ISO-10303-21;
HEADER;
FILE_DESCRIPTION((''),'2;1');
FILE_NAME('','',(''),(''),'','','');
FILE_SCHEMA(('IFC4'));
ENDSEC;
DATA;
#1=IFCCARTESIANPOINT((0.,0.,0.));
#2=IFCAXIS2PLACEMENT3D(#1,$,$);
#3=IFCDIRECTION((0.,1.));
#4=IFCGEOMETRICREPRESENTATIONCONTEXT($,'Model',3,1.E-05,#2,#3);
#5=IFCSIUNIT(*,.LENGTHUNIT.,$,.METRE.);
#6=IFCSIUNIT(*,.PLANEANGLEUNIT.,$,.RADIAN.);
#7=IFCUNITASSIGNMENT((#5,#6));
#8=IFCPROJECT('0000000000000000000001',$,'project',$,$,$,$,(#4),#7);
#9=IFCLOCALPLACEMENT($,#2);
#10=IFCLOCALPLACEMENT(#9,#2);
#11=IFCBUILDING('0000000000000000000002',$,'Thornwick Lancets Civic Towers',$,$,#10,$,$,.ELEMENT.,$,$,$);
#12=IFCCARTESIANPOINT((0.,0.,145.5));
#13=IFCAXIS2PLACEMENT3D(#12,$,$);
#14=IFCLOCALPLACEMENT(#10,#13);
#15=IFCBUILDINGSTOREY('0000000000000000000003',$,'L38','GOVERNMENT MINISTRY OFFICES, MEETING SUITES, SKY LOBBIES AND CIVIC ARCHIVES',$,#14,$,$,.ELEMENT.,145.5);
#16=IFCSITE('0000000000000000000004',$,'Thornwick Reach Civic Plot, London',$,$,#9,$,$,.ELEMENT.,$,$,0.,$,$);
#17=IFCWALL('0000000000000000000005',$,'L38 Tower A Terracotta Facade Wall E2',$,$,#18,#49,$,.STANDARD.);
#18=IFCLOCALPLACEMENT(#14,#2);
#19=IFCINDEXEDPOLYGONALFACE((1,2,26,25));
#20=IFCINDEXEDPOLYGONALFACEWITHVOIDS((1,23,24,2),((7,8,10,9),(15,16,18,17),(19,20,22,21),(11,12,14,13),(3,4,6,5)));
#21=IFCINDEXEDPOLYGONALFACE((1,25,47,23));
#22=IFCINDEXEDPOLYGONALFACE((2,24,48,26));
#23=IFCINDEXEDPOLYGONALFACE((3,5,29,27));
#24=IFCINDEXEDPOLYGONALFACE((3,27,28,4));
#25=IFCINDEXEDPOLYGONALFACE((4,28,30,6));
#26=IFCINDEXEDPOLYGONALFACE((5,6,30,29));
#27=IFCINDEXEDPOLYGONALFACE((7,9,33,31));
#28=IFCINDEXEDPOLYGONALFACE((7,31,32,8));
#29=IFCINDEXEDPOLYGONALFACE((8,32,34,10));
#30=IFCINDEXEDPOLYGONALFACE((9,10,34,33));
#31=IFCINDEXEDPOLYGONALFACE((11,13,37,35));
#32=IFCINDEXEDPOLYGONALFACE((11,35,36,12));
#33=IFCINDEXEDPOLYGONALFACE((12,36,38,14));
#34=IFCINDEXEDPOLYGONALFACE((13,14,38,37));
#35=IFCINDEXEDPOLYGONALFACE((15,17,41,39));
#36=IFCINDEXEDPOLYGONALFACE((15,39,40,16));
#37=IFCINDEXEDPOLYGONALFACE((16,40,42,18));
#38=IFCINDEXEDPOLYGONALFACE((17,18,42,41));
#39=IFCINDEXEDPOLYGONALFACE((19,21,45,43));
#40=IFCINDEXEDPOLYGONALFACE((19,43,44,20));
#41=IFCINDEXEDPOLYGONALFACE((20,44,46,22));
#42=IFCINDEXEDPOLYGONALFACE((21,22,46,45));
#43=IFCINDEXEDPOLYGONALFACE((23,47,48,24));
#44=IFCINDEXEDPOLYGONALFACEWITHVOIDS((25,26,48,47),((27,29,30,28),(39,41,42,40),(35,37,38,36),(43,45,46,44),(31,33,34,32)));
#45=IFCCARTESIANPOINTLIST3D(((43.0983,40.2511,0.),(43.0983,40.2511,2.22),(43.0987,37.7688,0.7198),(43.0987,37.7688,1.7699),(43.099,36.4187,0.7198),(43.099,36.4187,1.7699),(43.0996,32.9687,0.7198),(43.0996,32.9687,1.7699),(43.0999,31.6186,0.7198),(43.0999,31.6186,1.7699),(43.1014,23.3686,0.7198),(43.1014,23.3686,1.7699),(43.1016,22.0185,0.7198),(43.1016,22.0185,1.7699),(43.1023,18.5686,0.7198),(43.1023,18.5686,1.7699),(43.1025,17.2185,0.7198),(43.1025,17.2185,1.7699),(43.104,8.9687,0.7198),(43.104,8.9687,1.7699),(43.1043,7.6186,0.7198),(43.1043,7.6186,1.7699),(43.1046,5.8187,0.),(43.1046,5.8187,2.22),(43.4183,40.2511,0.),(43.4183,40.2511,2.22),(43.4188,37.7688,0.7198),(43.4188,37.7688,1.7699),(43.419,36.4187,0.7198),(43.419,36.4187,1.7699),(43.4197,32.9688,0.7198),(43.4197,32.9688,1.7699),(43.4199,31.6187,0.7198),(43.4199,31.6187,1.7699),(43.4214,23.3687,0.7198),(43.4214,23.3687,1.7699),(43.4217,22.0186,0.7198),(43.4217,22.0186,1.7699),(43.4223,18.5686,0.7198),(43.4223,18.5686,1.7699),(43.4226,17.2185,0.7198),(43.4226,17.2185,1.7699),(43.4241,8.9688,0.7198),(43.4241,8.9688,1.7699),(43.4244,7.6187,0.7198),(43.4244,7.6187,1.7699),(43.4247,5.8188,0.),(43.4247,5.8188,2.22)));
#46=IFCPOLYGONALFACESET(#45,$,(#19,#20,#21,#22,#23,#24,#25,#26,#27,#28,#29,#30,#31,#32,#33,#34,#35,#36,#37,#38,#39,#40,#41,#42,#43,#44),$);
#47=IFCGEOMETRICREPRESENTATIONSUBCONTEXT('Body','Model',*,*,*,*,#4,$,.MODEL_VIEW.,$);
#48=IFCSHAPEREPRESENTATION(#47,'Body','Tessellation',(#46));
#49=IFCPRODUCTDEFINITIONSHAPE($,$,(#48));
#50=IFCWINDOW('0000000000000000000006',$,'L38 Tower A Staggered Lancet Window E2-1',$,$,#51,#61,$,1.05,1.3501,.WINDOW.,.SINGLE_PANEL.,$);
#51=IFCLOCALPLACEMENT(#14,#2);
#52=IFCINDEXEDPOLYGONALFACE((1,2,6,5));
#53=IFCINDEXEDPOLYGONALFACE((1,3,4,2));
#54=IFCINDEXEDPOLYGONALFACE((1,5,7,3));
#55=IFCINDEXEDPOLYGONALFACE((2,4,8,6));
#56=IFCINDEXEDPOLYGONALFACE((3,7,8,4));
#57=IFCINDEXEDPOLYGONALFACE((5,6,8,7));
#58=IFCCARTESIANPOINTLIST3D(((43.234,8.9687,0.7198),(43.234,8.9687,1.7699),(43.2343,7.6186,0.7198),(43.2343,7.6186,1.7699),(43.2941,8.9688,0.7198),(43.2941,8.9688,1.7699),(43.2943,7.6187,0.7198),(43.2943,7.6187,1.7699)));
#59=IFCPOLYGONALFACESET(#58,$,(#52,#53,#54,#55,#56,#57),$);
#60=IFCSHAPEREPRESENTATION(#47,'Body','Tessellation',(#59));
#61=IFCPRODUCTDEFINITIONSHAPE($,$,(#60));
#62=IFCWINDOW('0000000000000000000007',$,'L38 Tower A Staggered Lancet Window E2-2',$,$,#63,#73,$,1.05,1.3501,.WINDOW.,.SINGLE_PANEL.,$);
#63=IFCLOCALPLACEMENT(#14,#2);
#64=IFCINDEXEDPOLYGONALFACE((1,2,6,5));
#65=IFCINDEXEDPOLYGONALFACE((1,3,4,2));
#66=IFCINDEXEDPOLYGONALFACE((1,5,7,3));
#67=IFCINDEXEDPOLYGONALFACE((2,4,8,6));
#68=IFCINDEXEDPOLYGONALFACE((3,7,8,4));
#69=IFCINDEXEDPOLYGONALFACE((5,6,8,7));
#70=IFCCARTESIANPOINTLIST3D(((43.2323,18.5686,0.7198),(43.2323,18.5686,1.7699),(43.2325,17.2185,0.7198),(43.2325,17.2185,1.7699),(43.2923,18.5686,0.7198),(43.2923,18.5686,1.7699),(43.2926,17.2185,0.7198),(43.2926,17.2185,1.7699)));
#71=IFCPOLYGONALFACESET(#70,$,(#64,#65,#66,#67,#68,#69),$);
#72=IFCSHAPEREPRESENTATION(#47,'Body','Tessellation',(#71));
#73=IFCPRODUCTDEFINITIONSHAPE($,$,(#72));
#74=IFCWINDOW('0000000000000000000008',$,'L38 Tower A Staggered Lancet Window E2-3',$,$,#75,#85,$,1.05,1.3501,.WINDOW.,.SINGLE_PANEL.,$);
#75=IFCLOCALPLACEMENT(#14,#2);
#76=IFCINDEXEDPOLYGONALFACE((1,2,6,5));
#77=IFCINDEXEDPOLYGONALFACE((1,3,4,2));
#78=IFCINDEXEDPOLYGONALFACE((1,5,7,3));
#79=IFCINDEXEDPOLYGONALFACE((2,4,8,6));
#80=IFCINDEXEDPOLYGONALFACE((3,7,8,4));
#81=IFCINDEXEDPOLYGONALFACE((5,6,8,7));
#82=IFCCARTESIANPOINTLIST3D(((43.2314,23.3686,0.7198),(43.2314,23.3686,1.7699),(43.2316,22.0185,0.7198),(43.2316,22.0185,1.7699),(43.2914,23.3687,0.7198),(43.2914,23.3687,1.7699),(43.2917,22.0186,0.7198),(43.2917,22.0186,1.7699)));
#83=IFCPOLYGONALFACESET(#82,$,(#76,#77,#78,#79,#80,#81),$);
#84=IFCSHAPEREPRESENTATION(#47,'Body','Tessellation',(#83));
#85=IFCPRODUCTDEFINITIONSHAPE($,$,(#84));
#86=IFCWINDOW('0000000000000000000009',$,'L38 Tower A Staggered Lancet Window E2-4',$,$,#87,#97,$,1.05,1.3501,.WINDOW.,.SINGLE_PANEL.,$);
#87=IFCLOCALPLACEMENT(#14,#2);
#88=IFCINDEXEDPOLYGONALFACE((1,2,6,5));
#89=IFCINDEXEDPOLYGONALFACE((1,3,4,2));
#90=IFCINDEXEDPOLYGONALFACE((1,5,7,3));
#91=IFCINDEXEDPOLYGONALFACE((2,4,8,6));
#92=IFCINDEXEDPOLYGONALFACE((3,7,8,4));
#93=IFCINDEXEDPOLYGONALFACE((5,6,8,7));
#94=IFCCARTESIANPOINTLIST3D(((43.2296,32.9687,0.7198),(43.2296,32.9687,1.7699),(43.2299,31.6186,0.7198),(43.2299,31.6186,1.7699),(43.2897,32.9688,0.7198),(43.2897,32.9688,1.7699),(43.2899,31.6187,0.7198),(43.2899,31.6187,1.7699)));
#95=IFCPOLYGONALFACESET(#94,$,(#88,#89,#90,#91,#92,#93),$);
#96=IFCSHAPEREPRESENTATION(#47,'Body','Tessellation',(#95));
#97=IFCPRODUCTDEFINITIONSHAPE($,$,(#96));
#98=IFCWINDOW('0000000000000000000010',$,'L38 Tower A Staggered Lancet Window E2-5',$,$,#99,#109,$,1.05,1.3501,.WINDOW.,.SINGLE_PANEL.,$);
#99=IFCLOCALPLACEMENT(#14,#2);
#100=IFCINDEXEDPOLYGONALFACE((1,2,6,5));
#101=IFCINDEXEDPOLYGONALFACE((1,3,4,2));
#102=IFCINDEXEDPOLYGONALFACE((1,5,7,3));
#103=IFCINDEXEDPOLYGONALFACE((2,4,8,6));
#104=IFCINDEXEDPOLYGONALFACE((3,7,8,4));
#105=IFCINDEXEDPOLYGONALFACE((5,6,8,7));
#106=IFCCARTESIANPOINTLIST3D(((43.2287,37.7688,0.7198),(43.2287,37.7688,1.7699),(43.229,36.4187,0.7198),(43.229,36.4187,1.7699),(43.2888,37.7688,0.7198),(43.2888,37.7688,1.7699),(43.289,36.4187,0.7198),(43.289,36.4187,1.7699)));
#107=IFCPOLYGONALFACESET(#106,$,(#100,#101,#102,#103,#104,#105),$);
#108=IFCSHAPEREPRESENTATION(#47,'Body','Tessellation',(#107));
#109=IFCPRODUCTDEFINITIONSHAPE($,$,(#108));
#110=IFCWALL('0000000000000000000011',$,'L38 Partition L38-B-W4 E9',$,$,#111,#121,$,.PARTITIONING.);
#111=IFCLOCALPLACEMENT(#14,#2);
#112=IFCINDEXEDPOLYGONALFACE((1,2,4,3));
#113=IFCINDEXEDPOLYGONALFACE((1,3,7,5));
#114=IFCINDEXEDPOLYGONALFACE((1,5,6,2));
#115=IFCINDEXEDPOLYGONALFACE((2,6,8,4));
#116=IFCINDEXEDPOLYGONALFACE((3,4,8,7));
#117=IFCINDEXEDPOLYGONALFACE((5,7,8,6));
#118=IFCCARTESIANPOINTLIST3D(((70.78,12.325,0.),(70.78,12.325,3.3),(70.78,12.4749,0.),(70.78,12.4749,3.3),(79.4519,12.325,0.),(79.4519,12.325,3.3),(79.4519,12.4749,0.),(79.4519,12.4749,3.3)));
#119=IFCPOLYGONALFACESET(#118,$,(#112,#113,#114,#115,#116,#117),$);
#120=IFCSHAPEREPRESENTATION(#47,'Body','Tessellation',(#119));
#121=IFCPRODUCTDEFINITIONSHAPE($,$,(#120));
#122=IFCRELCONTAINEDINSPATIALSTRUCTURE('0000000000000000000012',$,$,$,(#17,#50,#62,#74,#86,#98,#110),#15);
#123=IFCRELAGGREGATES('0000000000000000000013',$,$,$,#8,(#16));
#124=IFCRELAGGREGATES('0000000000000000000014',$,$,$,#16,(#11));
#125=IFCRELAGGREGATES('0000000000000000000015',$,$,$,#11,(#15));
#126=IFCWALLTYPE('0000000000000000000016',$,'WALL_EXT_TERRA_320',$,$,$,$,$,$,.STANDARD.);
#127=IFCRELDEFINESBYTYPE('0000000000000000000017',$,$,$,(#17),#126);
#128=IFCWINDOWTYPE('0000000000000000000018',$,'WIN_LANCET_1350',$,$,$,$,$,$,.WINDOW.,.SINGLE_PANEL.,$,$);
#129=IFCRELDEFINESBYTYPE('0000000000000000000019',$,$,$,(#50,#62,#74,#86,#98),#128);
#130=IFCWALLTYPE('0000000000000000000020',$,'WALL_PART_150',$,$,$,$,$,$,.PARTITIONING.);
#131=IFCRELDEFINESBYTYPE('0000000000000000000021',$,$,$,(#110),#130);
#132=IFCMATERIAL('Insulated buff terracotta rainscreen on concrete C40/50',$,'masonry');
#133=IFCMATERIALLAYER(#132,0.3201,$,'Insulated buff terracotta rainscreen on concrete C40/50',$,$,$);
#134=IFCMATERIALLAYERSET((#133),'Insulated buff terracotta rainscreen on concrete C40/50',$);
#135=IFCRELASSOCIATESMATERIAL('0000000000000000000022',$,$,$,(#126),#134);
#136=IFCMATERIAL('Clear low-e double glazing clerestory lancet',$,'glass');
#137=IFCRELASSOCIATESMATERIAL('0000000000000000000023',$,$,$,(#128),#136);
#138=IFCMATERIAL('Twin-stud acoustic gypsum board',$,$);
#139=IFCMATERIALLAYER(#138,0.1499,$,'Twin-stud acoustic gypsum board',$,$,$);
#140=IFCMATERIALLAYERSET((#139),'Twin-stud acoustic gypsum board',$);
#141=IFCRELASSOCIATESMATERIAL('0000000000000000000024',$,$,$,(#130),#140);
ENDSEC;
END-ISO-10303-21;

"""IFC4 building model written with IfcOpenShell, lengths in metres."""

from ifc_helpers import new_model, si_unit, direction, frame, frame_2d, origin, place, context, subcontext, project, spatial, rectangle, extrude, material, layer, layer_set, type_object, element, fill, save


model = new_model("IFC4")

# Units and contexts
model_context = context("Model", 3, precision=1e-05, world=origin(), true_north=direction((0.0, 1.0)))
body_context = subcontext(model_context, "Body", "Model", "MODEL_VIEW")
ifc_project = project(units=[si_unit("LENGTHUNIT", "METRE"), si_unit("PLANEANGLEUNIT", "RADIAN")], contexts=[model_context])

# Site, building, storey
site_placement = place(None, origin())
site = spatial("IfcSite", under=ifc_project, at=site_placement, Name="Thornwick Reach Civic Plot, London", CompositionType="ELEMENT", RefElevation=0.0)
building_placement = place(site_placement, origin())
building = spatial("IfcBuilding", under=site, at=building_placement, Name="Thornwick Lancets Civic Towers", CompositionType="ELEMENT")
storey_placement = place(building_placement, frame((0.0, 0.0, 145.5)))
storey = spatial("IfcBuildingStorey", under=building, at=storey_placement, Name="L38", Description="GOVERNMENT MINISTRY OFFICES, MEETING SUITES, SKY LOBBIES AND CIVIC ARCHIVES", CompositionType="ELEMENT", Elevation=145.5)

# Wall, openings, windows
ifc_material_1 = material(Name="Insulated buff terracotta rainscreen on concrete C40/50", Category="masonry")
ifc_layer_1 = layer(ifc_material_1, 0.3201, Name="Insulated buff terracotta rainscreen on concrete C40/50")
ifc_layer_set_1 = layer_set([ifc_layer_1], Name="Insulated buff terracotta rainscreen on concrete C40/50")
wall_type_1 = type_object("IfcWallType", Name="WALL_EXT_TERRA_320", PredefinedType="STANDARD", material=ifc_layer_set_1)
wall_1_placement = place(storey_placement, frame((43.2646, 5.8186, 0.0), z_axis=(0.0, 0.0, 1.0), x_axis=(-0.000184, 1.0, 0.0)))
wall_1 = element("IfcWall", 1, at=wall_1_placement, inside=storey, type_object=wall_type_1, Name="L38 Tower A Terracotta Facade Wall E2", PredefinedType="STANDARD", context=body_context, shape_type="SweptSolid", body=[
    extrude(rectangle(XDim=34.4324, YDim=0.3201, at=frame_2d((17.2163, 0.0))), origin(), (0.0, 0.0, 1.0), 2.22),
])
opening_1_placement = place(wall_1_placement, frame((1.8, 0.0, 0.72)))
opening_1 = element("IfcOpeningElement", 2, at=opening_1_placement, cuts=wall_1, PredefinedType="OPENING", context=body_context, shape_type="SweptSolid", body=[
    extrude(rectangle(XDim=1.3501, YDim=1.05, at=frame_2d((0.675, 0.5249))), frame((0.0, 0.1699, 0.0), z_axis=(0.0, -1.0, 0.0), x_axis=(1.0, 0.0, 0.0)), (0.0, 0.0, 1.0), 0.3401),
])
opening_2_placement = place(wall_1_placement, frame((11.3999, 0.0, 0.72)))
opening_2 = element("IfcOpeningElement", 3, at=opening_2_placement, cuts=wall_1, PredefinedType="OPENING", context=body_context, shape_type="SweptSolid", body=[
    extrude(rectangle(XDim=1.3501, YDim=1.05, at=frame_2d((0.675, 0.5249))), frame((0.0, 0.1699, 0.0), z_axis=(0.0, -1.0, 0.0), x_axis=(1.0, 0.0, 0.0)), (0.0, 0.0, 1.0), 0.3401),
])
opening_3_placement = place(wall_1_placement, frame((16.2, 0.0, 0.72)))
opening_3 = element("IfcOpeningElement", 4, at=opening_3_placement, cuts=wall_1, PredefinedType="OPENING", context=body_context, shape_type="SweptSolid", body=[
    extrude(rectangle(XDim=1.3501, YDim=1.05, at=frame_2d((0.675, 0.5249))), frame((0.0, 0.1699, 0.0), z_axis=(0.0, -1.0, 0.0), x_axis=(1.0, 0.0, 0.0)), (0.0, 0.0, 1.0), 0.3401),
])
opening_4_placement = place(wall_1_placement, frame((25.8, 0.0, 0.72)))
opening_4 = element("IfcOpeningElement", 5, at=opening_4_placement, cuts=wall_1, PredefinedType="OPENING", context=body_context, shape_type="SweptSolid", body=[
    extrude(rectangle(XDim=1.3501, YDim=1.05, at=frame_2d((0.675, 0.5249))), frame((0.0, 0.1699, 0.0), z_axis=(0.0, -1.0, 0.0), x_axis=(1.0, 0.0, 0.0)), (0.0, 0.0, 1.0), 0.3401),
])
opening_5_placement = place(wall_1_placement, frame((30.6001, 0.0, 0.72)))
opening_5 = element("IfcOpeningElement", 6, at=opening_5_placement, cuts=wall_1, PredefinedType="OPENING", context=body_context, shape_type="SweptSolid", body=[
    extrude(rectangle(XDim=1.3501, YDim=1.05, at=frame_2d((0.675, 0.5249))), frame((0.0, 0.1699, 0.0), z_axis=(0.0, -1.0, 0.0), x_axis=(1.0, 0.0, 0.0)), (0.0, 0.0, 1.0), 0.3401),
])
ifc_material_2 = material(Name="Clear low-e double glazing clerestory lancet", Category="glass")
window_type = type_object("IfcWindowType", Name="WIN_LANCET_1350", PartitioningType="SINGLE_PANEL", PredefinedType="WINDOW", material=ifc_material_2)
window_1_placement = place(opening_1_placement, origin())
window_1 = element("IfcWindow", 7, at=window_1_placement, inside=storey, type_object=window_type, Name="L38 Tower A Staggered Lancet Window E2-1", OverallHeight=1.05, OverallWidth=1.3501, PartitioningType="SINGLE_PANEL", PredefinedType="WINDOW", context=body_context, shape_type="SweptSolid", body=[
    extrude(rectangle(XDim=1.3501, YDim=1.05, at=frame_2d((0.675, 0.5249))), frame((0.0, 0.03, 0.0), z_axis=(0.0, -1.0, 0.0), x_axis=(1.0, 0.0, 0.0)), (0.0, 0.0, 1.0), 0.0601),
])
fill(opening_1, window_1)
window_2_placement = place(opening_2_placement, origin())
window_2 = element("IfcWindow", 8, at=window_2_placement, inside=storey, type_object=window_type, Name="L38 Tower A Staggered Lancet Window E2-2", OverallHeight=1.05, OverallWidth=1.3501, PartitioningType="SINGLE_PANEL", PredefinedType="WINDOW", context=body_context, shape_type="SweptSolid", body=[
    extrude(rectangle(XDim=1.3501, YDim=1.05, at=frame_2d((0.675, 0.5249))), frame((0.0, 0.03, 0.0), z_axis=(0.0, -1.0, 0.0), x_axis=(1.0, 0.0, 0.0)), (0.0, 0.0, 1.0), 0.0601),
])
fill(opening_2, window_2)
window_3_placement = place(opening_3_placement, origin())
window_3 = element("IfcWindow", 9, at=window_3_placement, inside=storey, type_object=window_type, Name="L38 Tower A Staggered Lancet Window E2-3", OverallHeight=1.05, OverallWidth=1.3501, PartitioningType="SINGLE_PANEL", PredefinedType="WINDOW", context=body_context, shape_type="SweptSolid", body=[
    extrude(rectangle(XDim=1.3501, YDim=1.05, at=frame_2d((0.675, 0.5249))), frame((0.0, 0.03, 0.0), z_axis=(0.0, -1.0, 0.0), x_axis=(1.0, 0.0, 0.0)), (0.0, 0.0, 1.0), 0.0601),
])
fill(opening_3, window_3)
window_4_placement = place(opening_4_placement, origin())
window_4 = element("IfcWindow", 10, at=window_4_placement, inside=storey, type_object=window_type, Name="L38 Tower A Staggered Lancet Window E2-4", OverallHeight=1.05, OverallWidth=1.3501, PartitioningType="SINGLE_PANEL", PredefinedType="WINDOW", context=body_context, shape_type="SweptSolid", body=[
    extrude(rectangle(XDim=1.3501, YDim=1.05, at=frame_2d((0.675, 0.5249))), frame((0.0, 0.03, 0.0), z_axis=(0.0, -1.0, 0.0), x_axis=(1.0, 0.0, 0.0)), (0.0, 0.0, 1.0), 0.0601),
])
fill(opening_4, window_4)
window_5_placement = place(opening_5_placement, origin())
window_5 = element("IfcWindow", 11, at=window_5_placement, inside=storey, type_object=window_type, Name="L38 Tower A Staggered Lancet Window E2-5", OverallHeight=1.05, OverallWidth=1.3501, PartitioningType="SINGLE_PANEL", PredefinedType="WINDOW", context=body_context, shape_type="SweptSolid", body=[
    extrude(rectangle(XDim=1.3501, YDim=1.05, at=frame_2d((0.675, 0.5249))), frame((0.0, 0.03, 0.0), z_axis=(0.0, -1.0, 0.0), x_axis=(1.0, 0.0, 0.0)), (0.0, 0.0, 1.0), 0.0601),
])
fill(opening_5, window_5)

# Wall
ifc_material_3 = material(Name="Twin-stud acoustic gypsum board")
ifc_layer_2 = layer(ifc_material_3, 0.1499, Name="Twin-stud acoustic gypsum board")
ifc_layer_set_2 = layer_set([ifc_layer_2], Name="Twin-stud acoustic gypsum board")
wall_type_2 = type_object("IfcWallType", Name="WALL_PART_150", PredefinedType="PARTITIONING", material=ifc_layer_set_2)
wall_2_placement = place(storey_placement, frame((70.78, 12.3999, 0.0), z_axis=(0.0, 0.0, 1.0), x_axis=(1.0, 0.0, 0.0)))
element("IfcWall", 12, at=wall_2_placement, inside=storey, type_object=wall_type_2, Name="L38 Partition L38-B-W4 E9", PredefinedType="PARTITIONING", context=body_context, shape_type="SweptSolid", body=[
    extrude(rectangle(XDim=8.6719, YDim=0.1499, at=frame_2d((4.3359, 0.0))), origin(), (0.0, 0.0, 1.0), 3.3),
])

save(model, "model.ifc")
